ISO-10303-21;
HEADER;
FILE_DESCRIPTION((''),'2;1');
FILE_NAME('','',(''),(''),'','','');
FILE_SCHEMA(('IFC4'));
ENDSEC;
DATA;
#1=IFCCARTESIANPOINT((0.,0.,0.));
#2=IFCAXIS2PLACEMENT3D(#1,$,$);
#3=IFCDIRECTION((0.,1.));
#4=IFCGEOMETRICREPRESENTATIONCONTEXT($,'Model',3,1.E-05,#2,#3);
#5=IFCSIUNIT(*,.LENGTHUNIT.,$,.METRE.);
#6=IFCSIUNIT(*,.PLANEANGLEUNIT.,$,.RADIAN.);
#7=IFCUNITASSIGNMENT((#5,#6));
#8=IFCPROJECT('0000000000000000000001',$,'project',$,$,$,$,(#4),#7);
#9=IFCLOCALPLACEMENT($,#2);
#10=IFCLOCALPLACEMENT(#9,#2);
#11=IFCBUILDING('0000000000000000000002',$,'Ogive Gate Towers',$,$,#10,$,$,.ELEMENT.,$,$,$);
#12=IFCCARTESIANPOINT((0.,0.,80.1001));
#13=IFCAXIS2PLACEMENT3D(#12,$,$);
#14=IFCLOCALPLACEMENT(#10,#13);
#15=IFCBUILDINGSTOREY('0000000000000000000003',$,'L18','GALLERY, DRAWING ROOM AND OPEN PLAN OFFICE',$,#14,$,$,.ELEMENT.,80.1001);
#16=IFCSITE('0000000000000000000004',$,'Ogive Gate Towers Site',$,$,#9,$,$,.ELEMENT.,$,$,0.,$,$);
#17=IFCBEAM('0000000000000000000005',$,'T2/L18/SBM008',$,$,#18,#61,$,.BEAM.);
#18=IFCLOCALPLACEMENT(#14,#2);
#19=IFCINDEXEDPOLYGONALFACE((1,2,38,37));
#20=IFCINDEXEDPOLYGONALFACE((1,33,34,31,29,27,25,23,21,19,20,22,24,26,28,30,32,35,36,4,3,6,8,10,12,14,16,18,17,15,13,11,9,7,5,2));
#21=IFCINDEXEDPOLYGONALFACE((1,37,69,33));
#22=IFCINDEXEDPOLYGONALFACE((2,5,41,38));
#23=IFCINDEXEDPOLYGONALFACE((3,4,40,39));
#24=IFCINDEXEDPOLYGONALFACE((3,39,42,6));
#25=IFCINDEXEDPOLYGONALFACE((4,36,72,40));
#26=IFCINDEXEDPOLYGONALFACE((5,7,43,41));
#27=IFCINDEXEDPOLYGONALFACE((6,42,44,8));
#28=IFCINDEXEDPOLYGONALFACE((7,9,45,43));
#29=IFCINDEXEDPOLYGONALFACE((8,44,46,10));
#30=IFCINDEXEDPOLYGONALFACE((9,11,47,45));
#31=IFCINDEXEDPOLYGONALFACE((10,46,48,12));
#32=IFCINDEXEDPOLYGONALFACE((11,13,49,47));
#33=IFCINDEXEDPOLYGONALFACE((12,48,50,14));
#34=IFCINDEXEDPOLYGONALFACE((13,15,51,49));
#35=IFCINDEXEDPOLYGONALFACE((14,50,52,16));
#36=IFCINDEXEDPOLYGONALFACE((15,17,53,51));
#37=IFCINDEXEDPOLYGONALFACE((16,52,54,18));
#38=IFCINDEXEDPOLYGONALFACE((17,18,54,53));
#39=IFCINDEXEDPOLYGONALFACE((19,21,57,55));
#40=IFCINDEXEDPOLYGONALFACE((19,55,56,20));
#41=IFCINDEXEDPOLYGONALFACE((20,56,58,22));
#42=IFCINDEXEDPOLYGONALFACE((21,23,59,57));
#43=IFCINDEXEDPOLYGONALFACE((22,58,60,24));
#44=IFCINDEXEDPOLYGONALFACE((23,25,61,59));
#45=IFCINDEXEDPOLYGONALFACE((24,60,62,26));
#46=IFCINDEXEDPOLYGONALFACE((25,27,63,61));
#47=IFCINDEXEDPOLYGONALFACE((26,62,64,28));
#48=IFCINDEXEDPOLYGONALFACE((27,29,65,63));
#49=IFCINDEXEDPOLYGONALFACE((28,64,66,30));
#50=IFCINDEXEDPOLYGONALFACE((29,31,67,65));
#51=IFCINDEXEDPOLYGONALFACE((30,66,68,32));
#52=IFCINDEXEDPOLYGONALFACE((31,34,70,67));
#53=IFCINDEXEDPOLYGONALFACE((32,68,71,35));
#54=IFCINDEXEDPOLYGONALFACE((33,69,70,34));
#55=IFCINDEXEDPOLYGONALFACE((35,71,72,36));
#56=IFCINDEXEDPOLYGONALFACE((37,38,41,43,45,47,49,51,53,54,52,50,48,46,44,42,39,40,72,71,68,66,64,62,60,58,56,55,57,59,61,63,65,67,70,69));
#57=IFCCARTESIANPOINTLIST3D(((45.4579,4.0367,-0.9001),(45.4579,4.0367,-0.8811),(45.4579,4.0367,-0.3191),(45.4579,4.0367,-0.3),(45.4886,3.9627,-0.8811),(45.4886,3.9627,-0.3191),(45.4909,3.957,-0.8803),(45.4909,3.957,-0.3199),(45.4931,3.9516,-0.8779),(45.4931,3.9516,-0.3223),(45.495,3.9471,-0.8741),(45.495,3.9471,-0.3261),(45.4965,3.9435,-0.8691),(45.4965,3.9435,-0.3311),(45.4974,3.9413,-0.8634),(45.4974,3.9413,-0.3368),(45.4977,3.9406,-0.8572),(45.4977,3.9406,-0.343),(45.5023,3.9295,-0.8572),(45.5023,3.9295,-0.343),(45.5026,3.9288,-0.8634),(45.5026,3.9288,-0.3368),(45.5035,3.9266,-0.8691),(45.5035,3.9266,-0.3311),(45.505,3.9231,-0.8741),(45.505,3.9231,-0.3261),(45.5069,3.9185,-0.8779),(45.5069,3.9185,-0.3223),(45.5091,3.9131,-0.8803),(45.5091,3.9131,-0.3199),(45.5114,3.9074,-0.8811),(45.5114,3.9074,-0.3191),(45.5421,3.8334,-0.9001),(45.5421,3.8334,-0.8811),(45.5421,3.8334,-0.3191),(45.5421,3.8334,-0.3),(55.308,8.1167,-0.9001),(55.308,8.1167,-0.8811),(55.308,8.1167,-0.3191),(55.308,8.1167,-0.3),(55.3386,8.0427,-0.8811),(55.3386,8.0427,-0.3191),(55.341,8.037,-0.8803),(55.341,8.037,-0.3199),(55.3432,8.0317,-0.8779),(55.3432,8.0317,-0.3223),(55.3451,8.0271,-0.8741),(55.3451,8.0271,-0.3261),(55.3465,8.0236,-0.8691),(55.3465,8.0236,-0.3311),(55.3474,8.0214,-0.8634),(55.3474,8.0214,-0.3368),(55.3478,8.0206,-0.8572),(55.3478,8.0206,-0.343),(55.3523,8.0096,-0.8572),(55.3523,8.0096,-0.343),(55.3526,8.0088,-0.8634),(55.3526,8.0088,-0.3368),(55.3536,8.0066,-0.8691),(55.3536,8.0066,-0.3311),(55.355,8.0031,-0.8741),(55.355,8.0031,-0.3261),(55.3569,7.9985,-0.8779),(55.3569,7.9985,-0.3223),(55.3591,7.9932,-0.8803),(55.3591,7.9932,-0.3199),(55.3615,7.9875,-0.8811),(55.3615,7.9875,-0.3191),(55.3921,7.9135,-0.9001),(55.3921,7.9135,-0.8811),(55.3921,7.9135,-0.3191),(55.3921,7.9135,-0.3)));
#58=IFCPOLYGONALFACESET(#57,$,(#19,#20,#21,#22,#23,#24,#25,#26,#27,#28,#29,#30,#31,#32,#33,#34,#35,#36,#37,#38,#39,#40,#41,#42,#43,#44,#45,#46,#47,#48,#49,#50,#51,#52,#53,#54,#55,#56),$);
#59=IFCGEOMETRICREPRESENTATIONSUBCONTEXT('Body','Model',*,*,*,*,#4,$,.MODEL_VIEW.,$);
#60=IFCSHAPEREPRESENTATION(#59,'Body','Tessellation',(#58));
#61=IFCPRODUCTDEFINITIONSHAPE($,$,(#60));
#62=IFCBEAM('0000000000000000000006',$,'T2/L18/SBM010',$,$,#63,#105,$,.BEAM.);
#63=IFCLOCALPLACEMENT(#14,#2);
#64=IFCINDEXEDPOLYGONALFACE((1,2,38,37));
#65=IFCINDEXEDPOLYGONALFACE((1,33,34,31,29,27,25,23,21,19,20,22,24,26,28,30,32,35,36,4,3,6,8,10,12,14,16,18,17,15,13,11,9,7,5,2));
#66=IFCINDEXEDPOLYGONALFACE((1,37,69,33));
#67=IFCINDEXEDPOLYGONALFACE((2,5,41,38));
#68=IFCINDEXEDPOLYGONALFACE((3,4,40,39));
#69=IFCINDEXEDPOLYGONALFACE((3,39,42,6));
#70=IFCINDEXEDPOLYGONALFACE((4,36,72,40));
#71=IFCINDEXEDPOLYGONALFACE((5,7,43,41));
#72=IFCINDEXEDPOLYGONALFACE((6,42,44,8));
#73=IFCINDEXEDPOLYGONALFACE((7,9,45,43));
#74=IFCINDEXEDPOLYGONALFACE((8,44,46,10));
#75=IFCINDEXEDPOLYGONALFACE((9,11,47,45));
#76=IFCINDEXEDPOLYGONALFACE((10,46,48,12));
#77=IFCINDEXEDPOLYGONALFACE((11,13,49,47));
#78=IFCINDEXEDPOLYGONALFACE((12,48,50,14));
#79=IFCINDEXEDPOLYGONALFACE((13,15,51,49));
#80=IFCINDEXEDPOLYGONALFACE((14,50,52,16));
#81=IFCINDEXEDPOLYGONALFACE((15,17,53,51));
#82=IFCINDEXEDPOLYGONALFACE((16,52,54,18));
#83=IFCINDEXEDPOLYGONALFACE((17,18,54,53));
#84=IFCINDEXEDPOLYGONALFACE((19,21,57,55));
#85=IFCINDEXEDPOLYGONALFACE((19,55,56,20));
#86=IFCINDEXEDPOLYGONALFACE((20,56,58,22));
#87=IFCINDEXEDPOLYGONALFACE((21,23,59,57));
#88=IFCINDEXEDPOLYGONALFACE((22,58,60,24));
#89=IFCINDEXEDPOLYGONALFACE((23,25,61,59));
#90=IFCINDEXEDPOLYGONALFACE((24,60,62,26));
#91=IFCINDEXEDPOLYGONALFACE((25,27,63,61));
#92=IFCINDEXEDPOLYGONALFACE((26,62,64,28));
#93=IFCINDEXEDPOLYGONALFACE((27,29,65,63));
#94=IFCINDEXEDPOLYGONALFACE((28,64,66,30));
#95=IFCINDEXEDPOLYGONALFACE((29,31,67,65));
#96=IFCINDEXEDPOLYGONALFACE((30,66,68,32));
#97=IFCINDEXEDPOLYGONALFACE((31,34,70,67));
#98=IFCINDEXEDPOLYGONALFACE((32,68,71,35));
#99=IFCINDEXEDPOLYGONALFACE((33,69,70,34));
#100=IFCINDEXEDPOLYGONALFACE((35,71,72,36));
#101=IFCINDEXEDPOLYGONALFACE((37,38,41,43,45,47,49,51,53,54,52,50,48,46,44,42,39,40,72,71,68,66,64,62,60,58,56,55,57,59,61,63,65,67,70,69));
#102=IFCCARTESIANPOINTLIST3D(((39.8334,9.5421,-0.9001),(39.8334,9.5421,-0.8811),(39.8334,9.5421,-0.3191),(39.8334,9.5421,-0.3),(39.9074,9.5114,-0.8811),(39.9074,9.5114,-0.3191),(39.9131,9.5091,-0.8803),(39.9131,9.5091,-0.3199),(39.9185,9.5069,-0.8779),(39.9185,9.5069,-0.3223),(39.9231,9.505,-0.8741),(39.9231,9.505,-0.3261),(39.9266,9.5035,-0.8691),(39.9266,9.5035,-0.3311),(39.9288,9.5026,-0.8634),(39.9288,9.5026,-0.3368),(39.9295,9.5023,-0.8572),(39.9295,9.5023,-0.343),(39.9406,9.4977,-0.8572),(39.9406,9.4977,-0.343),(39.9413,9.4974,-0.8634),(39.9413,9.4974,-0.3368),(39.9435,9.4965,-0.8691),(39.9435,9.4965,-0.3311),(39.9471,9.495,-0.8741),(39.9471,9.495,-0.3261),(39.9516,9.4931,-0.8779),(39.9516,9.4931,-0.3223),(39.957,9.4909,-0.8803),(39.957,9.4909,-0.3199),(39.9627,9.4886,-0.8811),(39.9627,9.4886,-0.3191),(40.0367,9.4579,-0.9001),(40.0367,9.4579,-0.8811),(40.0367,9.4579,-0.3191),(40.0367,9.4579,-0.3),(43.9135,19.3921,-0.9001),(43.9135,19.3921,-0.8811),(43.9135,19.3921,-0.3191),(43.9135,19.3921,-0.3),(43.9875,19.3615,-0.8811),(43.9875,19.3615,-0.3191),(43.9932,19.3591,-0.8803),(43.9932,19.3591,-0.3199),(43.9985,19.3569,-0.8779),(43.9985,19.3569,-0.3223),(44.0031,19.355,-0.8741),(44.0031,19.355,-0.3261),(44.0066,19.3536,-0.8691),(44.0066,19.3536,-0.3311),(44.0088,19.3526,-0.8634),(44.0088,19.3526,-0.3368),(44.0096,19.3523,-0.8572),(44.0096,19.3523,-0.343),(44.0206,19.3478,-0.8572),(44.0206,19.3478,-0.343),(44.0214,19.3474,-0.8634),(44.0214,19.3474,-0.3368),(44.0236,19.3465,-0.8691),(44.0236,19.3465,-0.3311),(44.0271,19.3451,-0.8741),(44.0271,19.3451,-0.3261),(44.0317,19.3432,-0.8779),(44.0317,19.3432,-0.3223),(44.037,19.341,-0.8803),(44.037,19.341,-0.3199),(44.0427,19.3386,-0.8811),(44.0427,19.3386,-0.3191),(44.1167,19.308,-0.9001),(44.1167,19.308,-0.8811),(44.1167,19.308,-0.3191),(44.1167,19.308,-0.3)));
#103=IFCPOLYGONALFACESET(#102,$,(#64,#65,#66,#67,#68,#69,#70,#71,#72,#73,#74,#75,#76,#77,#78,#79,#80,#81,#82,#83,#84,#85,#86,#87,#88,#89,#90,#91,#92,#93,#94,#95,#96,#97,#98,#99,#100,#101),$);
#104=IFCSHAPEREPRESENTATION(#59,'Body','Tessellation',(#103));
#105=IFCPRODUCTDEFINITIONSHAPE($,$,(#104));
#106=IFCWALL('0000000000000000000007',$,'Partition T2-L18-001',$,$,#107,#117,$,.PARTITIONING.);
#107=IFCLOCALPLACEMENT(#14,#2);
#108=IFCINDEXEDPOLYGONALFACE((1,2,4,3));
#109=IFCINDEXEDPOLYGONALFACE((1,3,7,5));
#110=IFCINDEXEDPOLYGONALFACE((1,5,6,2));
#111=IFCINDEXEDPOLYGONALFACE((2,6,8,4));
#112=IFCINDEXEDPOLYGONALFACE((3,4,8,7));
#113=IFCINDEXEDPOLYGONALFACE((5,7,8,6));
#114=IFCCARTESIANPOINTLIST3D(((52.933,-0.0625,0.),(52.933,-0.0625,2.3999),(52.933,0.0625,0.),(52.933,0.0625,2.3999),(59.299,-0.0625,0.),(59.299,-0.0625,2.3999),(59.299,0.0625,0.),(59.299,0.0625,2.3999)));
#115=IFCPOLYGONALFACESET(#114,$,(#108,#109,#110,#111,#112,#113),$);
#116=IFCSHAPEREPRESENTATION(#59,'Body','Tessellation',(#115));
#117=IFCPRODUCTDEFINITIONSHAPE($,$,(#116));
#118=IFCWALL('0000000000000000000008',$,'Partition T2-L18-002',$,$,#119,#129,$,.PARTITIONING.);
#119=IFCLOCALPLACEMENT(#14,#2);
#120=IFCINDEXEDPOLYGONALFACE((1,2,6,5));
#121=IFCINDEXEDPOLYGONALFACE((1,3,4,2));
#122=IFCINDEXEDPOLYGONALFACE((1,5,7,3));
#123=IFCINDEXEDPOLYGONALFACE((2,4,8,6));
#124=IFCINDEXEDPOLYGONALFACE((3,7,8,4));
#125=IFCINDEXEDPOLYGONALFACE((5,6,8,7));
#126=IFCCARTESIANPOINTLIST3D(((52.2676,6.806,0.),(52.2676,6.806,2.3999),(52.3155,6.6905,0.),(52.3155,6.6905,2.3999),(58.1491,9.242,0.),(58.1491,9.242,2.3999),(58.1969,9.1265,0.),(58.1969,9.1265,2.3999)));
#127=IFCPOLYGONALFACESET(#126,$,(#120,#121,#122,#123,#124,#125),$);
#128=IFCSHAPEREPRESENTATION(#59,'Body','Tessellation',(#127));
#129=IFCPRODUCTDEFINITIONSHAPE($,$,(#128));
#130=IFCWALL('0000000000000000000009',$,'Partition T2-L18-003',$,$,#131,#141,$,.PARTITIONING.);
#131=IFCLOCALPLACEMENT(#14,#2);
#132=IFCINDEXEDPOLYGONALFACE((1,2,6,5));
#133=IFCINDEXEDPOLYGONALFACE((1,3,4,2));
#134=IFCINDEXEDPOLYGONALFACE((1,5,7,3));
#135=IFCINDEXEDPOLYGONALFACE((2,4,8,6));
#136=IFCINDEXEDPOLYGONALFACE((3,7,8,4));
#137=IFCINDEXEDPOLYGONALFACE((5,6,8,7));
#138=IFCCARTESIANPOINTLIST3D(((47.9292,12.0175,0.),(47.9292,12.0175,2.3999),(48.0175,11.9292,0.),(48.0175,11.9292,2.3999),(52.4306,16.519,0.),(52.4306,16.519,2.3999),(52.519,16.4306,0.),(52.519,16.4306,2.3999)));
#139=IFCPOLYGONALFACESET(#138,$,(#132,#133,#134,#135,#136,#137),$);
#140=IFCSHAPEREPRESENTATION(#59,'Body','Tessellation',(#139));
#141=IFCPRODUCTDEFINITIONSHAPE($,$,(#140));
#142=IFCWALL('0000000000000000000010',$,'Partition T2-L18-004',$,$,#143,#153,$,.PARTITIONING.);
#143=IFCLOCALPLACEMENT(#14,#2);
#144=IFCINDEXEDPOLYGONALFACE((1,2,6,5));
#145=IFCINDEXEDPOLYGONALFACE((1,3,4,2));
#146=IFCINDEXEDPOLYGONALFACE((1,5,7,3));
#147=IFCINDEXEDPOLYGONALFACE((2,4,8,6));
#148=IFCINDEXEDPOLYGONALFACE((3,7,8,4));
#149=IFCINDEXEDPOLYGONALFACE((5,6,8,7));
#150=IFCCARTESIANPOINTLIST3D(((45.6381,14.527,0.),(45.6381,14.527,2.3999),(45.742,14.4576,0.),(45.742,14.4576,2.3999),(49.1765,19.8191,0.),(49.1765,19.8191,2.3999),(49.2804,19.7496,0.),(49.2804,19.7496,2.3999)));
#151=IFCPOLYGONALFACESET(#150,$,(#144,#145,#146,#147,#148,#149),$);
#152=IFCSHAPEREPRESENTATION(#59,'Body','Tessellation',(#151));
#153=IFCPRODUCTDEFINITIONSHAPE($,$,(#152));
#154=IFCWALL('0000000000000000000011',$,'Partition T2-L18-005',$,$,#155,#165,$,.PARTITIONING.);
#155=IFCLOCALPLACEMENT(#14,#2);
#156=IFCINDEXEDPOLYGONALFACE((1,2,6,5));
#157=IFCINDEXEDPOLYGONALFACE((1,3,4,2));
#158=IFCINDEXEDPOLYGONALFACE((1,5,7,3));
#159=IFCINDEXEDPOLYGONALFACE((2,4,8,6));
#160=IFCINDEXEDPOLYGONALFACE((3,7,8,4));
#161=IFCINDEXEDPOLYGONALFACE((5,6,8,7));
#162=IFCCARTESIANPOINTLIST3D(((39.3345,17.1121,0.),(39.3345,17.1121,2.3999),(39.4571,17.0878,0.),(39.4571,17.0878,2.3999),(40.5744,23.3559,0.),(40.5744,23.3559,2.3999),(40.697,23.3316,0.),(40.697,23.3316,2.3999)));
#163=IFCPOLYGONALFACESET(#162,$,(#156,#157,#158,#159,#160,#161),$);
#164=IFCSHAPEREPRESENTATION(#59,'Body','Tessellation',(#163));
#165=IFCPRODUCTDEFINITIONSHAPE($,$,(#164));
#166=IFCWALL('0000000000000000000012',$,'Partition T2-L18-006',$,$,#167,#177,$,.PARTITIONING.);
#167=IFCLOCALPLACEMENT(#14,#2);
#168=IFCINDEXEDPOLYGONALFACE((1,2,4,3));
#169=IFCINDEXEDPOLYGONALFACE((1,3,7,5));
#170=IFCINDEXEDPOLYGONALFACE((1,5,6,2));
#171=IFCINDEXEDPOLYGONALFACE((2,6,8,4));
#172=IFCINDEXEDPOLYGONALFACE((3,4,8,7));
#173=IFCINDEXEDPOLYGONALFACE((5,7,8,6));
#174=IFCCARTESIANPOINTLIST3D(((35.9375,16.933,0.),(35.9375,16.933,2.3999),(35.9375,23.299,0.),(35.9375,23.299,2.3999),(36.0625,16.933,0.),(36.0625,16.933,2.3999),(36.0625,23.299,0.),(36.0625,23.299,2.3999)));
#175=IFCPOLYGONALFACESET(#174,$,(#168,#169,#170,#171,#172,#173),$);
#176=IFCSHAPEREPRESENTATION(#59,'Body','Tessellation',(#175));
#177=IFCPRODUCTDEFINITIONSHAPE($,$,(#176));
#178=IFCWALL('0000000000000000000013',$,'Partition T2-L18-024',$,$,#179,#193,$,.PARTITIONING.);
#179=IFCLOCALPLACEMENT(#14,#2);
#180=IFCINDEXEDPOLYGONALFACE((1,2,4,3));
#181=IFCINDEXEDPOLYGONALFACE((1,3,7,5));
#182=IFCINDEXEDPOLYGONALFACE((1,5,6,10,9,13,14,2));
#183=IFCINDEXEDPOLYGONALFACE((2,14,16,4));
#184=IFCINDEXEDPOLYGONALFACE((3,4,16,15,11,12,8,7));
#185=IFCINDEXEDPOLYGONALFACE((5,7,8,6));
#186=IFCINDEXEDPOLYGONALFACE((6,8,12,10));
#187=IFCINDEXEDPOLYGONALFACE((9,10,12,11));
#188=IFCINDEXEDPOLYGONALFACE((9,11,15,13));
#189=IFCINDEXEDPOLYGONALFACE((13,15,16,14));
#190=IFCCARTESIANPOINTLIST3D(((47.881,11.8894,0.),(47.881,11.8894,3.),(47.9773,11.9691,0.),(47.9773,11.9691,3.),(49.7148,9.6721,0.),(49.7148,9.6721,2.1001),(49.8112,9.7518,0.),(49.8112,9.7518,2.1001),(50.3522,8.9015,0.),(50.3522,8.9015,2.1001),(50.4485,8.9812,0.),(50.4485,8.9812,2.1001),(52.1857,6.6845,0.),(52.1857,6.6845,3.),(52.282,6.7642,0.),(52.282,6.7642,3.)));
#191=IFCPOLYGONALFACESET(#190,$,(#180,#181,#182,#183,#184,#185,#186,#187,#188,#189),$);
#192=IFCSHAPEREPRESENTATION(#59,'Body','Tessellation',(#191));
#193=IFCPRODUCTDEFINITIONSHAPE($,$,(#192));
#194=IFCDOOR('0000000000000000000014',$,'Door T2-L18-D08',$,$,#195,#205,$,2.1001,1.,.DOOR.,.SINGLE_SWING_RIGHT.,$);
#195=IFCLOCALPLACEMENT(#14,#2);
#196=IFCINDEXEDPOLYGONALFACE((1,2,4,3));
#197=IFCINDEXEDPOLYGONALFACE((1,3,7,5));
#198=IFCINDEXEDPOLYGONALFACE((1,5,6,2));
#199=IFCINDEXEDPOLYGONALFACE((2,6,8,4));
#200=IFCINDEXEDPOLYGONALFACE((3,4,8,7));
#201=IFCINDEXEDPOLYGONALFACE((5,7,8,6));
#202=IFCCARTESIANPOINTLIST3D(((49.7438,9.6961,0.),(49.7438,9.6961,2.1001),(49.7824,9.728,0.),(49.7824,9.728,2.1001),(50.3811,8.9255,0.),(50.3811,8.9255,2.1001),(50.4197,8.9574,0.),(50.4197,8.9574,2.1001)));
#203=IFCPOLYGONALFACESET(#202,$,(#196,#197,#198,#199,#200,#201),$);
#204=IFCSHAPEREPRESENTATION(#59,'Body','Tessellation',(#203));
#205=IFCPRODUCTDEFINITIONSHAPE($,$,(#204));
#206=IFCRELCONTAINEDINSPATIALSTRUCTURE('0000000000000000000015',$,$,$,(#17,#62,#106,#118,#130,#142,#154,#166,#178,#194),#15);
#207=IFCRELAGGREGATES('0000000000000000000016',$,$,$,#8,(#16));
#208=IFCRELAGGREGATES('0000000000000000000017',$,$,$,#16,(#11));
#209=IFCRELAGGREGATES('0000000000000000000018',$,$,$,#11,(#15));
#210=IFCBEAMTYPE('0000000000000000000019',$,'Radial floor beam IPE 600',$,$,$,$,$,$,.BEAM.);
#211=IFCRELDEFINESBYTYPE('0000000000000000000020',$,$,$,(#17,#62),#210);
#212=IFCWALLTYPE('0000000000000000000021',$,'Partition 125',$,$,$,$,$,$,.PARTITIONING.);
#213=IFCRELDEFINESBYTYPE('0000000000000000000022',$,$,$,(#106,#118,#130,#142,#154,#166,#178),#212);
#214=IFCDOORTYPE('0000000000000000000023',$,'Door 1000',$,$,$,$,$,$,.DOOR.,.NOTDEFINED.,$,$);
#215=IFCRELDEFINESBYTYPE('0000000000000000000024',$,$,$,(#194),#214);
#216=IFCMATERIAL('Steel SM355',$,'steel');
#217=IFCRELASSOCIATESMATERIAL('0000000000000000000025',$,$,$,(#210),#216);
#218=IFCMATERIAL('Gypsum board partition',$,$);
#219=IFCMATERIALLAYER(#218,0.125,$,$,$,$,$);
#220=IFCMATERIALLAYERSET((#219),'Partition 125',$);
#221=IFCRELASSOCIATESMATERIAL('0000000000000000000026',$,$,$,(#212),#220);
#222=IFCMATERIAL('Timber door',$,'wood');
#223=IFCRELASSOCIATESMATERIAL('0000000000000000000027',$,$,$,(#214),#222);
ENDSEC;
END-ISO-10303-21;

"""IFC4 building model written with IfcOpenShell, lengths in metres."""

from ifc_helpers import new_model, si_unit, direction, frame, frame_2d, origin, origin_2d, place, context, subcontext, project, spatial, rectangle, i_section, extrude, material, layer, layer_set, material_profile, profile_set, type_object, element, fill, save


model = new_model("IFC4")

# Units and contexts
model_context = context("Model", 3, precision=1e-05, world=origin(), true_north=direction((0.0, 1.0)))
body_context = subcontext(model_context, "Body", "Model", "MODEL_VIEW")
ifc_project = project(units=[si_unit("LENGTHUNIT", "METRE"), si_unit("PLANEANGLEUNIT", "RADIAN")], contexts=[model_context])

# Site, building, storey
site_placement = place(None, origin())
site = spatial("IfcSite", under=ifc_project, at=site_placement, Name="Ogive Gate Towers Site", CompositionType="ELEMENT", RefElevation=0.0)
building_placement = place(site_placement, origin())
building = spatial("IfcBuilding", under=site, at=building_placement, Name="Ogive Gate Towers", CompositionType="ELEMENT")
storey_placement = place(building_placement, frame((0.0, 0.0, 80.1001)))
storey = spatial("IfcBuildingStorey", under=building, at=storey_placement, Name="L18", Description="GALLERY, DRAWING ROOM AND OPEN PLAN OFFICE", CompositionType="ELEMENT", Elevation=80.1001)

# Beams
ifc_material_1 = material(Name="Steel SM355", Category="steel")
ifc_material_profile_1 = material_profile(ifc_material_1, i_section(OverallWidth=0.22, OverallDepth=0.6001, WebThickness=0.012, FlangeThickness=0.019, FilletRadius=0.0239, at=origin_2d()), Name="IPE 600")
ifc_profile_set_1 = profile_set([ifc_material_profile_1], Name="Steel SM355")
beam_type_1 = type_object("IfcBeamType", Name="Radial floor beam IPE 600", PredefinedType="BEAM", material=ifc_profile_set_1)
for number, where, z_axis, x_axis, name in (
    (1, (45.5, 3.9351, -0.6001), (0.923878, 0.382686, 0.0), (-0.382686, 0.923878, 0.0), "T2/L18/SBM008"),
    (2, (39.9351, 9.5, -0.6001), (0.382686, 0.923878, 0.0), (-0.923878, 0.382686, 0.0), "T2/L18/SBM010"),
):
    element("IfcBeam", number, at=place(storey_placement, frame(where, z_axis=z_axis, x_axis=x_axis)), inside=storey, type_object=beam_type_1, Name=name, PredefinedType="BEAM", context=body_context, shape_type="SweptSolid", body=[
        extrude(i_section(OverallWidth=0.22, OverallDepth=0.6001, WebThickness=0.012, FlangeThickness=0.019, FilletRadius=0.0239, at=origin_2d()), origin(), (0.0, 0.0, 1.0), 10.6616),
    ])

# Walls
ifc_material_2 = material(Name="Gypsum board partition")
ifc_layer_1 = layer(ifc_material_2, 0.125)
ifc_layer_set_1 = layer_set([ifc_layer_1], Name="Partition 125")
wall_type_1 = type_object("IfcWallType", Name="Partition 125", PredefinedType="PARTITIONING", material=ifc_layer_set_1)
for number, where, z_axis, x_axis, name in (
    (3, (59.2991, 0.0, 0.0), (0.0, 0.0, 1.0), (-1.0, 0.0, 0.0), "Partition T2-L18-001"),
    (4, (58.1731, 9.1843, 0.0), (0.0, 0.0, 1.0), (-0.923885, -0.38267, 0.0), "Partition T2-L18-002"),
    (5, (52.4749, 16.4749, 0.0), (0.0, 0.0, 1.0), (-0.707107, -0.707107, 0.0), "Partition T2-L18-003"),
    (6, (49.2285, 19.7844, 0.0), (0.0, 0.0, 1.0), (-0.555824, -0.8313, 0.0), "Partition T2-L18-004"),
):
    element("IfcWall", number, at=place(storey_placement, frame(where, z_axis=z_axis, x_axis=x_axis)), inside=storey, type_object=wall_type_1, Name=name, PredefinedType="PARTITIONING", context=body_context, shape_type="SweptSolid", body=[
        extrude(rectangle(XDim=6.366, YDim=0.125, at=frame_2d((3.1831, 0.0))), origin(), (0.0, 0.0, 1.0), 2.3999),
    ])
wall_1_placement = place(storey_placement, frame((40.6357, 23.3438, 0.0), z_axis=(0.0, 0.0, 1.0), x_axis=(-0.194788, -0.980845, 0.0)))
element("IfcWall", 7, at=wall_1_placement, inside=storey, type_object=wall_type_1, Name="Partition T2-L18-005", PredefinedType="PARTITIONING", context=body_context, shape_type="SweptSolid", body=[
    extrude(rectangle(XDim=6.3657, YDim=0.125, at=frame_2d((3.1829, 0.0))), origin(), (0.0, 0.0, 1.0), 2.3999),
])
wall_2_placement = place(storey_placement, frame((36.0, 23.2991, 0.0), z_axis=(0.0, 0.0, 1.0), x_axis=(0.0, -1.0, 0.0)))
element("IfcWall", 8, at=wall_2_placement, inside=storey, type_object=wall_type_1, Name="Partition T2-L18-006", PredefinedType="PARTITIONING", context=body_context, shape_type="SweptSolid", body=[
    extrude(rectangle(XDim=6.366, YDim=0.125, at=frame_2d((3.1831, 0.0))), origin(), (0.0, 0.0, 1.0), 2.3999),
])

# Wall, opening, door
wall_3_placement = place(storey_placement, frame((52.2339, 6.7244, 0.0), z_axis=(0.0, 0.0, 1.0), x_axis=(-0.637325, 0.770595, 0.0)))
wall_3 = element("IfcWall", 9, at=wall_3_placement, inside=storey, type_object=wall_type_1, Name="Partition T2-L18-024", PredefinedType="PARTITIONING", context=body_context, shape_type="SweptSolid", body=[
    extrude(rectangle(XDim=6.7544, YDim=0.125, at=frame_2d((3.3772, 0.0))), origin(), (0.0, 0.0, 1.0), 3.0),
])
opening_1_placement = place(wall_3_placement, frame((2.877, 0.0, 0.0)))
opening_1 = element("IfcOpeningElement", 10, at=opening_1_placement, cuts=wall_3, PredefinedType="OPENING", context=body_context, shape_type="SweptSolid", body=[
    extrude(rectangle(XDim=1.0, YDim=2.1001, at=frame_2d((0.5, 1.05))), frame((0.0, 0.0725, 0.0), z_axis=(0.0, -1.0, 0.0), x_axis=(1.0, 0.0, 0.0)), (0.0, 0.0, 1.0), 0.145),
])
ifc_material_3 = material(Name="Timber door", Category="wood")
door_type_1 = type_object("IfcDoorType", Name="Door 1000", OperationType="NOTDEFINED", PredefinedType="DOOR", material=ifc_material_3)
door_1_placement = place(opening_1_placement, origin())
door_1 = element("IfcDoor", 11, at=door_1_placement, inside=storey, type_object=door_type_1, Name="Door T2-L18-D08", OperationType="SINGLE_SWING_RIGHT", OverallHeight=2.1001, OverallWidth=1.0, PredefinedType="DOOR", context=body_context, shape_type="SweptSolid", body=[
    extrude(rectangle(XDim=1.0, YDim=2.1001, at=frame_2d((0.5, 1.05))), frame((0.0, 0.0249, 0.0), z_axis=(0.0, -1.0, 0.0), x_axis=(1.0, 0.0, 0.0)), (0.0, 0.0, 1.0), 0.05),
])
fill(opening_1, door_1)

save(model, "model.ifc")
